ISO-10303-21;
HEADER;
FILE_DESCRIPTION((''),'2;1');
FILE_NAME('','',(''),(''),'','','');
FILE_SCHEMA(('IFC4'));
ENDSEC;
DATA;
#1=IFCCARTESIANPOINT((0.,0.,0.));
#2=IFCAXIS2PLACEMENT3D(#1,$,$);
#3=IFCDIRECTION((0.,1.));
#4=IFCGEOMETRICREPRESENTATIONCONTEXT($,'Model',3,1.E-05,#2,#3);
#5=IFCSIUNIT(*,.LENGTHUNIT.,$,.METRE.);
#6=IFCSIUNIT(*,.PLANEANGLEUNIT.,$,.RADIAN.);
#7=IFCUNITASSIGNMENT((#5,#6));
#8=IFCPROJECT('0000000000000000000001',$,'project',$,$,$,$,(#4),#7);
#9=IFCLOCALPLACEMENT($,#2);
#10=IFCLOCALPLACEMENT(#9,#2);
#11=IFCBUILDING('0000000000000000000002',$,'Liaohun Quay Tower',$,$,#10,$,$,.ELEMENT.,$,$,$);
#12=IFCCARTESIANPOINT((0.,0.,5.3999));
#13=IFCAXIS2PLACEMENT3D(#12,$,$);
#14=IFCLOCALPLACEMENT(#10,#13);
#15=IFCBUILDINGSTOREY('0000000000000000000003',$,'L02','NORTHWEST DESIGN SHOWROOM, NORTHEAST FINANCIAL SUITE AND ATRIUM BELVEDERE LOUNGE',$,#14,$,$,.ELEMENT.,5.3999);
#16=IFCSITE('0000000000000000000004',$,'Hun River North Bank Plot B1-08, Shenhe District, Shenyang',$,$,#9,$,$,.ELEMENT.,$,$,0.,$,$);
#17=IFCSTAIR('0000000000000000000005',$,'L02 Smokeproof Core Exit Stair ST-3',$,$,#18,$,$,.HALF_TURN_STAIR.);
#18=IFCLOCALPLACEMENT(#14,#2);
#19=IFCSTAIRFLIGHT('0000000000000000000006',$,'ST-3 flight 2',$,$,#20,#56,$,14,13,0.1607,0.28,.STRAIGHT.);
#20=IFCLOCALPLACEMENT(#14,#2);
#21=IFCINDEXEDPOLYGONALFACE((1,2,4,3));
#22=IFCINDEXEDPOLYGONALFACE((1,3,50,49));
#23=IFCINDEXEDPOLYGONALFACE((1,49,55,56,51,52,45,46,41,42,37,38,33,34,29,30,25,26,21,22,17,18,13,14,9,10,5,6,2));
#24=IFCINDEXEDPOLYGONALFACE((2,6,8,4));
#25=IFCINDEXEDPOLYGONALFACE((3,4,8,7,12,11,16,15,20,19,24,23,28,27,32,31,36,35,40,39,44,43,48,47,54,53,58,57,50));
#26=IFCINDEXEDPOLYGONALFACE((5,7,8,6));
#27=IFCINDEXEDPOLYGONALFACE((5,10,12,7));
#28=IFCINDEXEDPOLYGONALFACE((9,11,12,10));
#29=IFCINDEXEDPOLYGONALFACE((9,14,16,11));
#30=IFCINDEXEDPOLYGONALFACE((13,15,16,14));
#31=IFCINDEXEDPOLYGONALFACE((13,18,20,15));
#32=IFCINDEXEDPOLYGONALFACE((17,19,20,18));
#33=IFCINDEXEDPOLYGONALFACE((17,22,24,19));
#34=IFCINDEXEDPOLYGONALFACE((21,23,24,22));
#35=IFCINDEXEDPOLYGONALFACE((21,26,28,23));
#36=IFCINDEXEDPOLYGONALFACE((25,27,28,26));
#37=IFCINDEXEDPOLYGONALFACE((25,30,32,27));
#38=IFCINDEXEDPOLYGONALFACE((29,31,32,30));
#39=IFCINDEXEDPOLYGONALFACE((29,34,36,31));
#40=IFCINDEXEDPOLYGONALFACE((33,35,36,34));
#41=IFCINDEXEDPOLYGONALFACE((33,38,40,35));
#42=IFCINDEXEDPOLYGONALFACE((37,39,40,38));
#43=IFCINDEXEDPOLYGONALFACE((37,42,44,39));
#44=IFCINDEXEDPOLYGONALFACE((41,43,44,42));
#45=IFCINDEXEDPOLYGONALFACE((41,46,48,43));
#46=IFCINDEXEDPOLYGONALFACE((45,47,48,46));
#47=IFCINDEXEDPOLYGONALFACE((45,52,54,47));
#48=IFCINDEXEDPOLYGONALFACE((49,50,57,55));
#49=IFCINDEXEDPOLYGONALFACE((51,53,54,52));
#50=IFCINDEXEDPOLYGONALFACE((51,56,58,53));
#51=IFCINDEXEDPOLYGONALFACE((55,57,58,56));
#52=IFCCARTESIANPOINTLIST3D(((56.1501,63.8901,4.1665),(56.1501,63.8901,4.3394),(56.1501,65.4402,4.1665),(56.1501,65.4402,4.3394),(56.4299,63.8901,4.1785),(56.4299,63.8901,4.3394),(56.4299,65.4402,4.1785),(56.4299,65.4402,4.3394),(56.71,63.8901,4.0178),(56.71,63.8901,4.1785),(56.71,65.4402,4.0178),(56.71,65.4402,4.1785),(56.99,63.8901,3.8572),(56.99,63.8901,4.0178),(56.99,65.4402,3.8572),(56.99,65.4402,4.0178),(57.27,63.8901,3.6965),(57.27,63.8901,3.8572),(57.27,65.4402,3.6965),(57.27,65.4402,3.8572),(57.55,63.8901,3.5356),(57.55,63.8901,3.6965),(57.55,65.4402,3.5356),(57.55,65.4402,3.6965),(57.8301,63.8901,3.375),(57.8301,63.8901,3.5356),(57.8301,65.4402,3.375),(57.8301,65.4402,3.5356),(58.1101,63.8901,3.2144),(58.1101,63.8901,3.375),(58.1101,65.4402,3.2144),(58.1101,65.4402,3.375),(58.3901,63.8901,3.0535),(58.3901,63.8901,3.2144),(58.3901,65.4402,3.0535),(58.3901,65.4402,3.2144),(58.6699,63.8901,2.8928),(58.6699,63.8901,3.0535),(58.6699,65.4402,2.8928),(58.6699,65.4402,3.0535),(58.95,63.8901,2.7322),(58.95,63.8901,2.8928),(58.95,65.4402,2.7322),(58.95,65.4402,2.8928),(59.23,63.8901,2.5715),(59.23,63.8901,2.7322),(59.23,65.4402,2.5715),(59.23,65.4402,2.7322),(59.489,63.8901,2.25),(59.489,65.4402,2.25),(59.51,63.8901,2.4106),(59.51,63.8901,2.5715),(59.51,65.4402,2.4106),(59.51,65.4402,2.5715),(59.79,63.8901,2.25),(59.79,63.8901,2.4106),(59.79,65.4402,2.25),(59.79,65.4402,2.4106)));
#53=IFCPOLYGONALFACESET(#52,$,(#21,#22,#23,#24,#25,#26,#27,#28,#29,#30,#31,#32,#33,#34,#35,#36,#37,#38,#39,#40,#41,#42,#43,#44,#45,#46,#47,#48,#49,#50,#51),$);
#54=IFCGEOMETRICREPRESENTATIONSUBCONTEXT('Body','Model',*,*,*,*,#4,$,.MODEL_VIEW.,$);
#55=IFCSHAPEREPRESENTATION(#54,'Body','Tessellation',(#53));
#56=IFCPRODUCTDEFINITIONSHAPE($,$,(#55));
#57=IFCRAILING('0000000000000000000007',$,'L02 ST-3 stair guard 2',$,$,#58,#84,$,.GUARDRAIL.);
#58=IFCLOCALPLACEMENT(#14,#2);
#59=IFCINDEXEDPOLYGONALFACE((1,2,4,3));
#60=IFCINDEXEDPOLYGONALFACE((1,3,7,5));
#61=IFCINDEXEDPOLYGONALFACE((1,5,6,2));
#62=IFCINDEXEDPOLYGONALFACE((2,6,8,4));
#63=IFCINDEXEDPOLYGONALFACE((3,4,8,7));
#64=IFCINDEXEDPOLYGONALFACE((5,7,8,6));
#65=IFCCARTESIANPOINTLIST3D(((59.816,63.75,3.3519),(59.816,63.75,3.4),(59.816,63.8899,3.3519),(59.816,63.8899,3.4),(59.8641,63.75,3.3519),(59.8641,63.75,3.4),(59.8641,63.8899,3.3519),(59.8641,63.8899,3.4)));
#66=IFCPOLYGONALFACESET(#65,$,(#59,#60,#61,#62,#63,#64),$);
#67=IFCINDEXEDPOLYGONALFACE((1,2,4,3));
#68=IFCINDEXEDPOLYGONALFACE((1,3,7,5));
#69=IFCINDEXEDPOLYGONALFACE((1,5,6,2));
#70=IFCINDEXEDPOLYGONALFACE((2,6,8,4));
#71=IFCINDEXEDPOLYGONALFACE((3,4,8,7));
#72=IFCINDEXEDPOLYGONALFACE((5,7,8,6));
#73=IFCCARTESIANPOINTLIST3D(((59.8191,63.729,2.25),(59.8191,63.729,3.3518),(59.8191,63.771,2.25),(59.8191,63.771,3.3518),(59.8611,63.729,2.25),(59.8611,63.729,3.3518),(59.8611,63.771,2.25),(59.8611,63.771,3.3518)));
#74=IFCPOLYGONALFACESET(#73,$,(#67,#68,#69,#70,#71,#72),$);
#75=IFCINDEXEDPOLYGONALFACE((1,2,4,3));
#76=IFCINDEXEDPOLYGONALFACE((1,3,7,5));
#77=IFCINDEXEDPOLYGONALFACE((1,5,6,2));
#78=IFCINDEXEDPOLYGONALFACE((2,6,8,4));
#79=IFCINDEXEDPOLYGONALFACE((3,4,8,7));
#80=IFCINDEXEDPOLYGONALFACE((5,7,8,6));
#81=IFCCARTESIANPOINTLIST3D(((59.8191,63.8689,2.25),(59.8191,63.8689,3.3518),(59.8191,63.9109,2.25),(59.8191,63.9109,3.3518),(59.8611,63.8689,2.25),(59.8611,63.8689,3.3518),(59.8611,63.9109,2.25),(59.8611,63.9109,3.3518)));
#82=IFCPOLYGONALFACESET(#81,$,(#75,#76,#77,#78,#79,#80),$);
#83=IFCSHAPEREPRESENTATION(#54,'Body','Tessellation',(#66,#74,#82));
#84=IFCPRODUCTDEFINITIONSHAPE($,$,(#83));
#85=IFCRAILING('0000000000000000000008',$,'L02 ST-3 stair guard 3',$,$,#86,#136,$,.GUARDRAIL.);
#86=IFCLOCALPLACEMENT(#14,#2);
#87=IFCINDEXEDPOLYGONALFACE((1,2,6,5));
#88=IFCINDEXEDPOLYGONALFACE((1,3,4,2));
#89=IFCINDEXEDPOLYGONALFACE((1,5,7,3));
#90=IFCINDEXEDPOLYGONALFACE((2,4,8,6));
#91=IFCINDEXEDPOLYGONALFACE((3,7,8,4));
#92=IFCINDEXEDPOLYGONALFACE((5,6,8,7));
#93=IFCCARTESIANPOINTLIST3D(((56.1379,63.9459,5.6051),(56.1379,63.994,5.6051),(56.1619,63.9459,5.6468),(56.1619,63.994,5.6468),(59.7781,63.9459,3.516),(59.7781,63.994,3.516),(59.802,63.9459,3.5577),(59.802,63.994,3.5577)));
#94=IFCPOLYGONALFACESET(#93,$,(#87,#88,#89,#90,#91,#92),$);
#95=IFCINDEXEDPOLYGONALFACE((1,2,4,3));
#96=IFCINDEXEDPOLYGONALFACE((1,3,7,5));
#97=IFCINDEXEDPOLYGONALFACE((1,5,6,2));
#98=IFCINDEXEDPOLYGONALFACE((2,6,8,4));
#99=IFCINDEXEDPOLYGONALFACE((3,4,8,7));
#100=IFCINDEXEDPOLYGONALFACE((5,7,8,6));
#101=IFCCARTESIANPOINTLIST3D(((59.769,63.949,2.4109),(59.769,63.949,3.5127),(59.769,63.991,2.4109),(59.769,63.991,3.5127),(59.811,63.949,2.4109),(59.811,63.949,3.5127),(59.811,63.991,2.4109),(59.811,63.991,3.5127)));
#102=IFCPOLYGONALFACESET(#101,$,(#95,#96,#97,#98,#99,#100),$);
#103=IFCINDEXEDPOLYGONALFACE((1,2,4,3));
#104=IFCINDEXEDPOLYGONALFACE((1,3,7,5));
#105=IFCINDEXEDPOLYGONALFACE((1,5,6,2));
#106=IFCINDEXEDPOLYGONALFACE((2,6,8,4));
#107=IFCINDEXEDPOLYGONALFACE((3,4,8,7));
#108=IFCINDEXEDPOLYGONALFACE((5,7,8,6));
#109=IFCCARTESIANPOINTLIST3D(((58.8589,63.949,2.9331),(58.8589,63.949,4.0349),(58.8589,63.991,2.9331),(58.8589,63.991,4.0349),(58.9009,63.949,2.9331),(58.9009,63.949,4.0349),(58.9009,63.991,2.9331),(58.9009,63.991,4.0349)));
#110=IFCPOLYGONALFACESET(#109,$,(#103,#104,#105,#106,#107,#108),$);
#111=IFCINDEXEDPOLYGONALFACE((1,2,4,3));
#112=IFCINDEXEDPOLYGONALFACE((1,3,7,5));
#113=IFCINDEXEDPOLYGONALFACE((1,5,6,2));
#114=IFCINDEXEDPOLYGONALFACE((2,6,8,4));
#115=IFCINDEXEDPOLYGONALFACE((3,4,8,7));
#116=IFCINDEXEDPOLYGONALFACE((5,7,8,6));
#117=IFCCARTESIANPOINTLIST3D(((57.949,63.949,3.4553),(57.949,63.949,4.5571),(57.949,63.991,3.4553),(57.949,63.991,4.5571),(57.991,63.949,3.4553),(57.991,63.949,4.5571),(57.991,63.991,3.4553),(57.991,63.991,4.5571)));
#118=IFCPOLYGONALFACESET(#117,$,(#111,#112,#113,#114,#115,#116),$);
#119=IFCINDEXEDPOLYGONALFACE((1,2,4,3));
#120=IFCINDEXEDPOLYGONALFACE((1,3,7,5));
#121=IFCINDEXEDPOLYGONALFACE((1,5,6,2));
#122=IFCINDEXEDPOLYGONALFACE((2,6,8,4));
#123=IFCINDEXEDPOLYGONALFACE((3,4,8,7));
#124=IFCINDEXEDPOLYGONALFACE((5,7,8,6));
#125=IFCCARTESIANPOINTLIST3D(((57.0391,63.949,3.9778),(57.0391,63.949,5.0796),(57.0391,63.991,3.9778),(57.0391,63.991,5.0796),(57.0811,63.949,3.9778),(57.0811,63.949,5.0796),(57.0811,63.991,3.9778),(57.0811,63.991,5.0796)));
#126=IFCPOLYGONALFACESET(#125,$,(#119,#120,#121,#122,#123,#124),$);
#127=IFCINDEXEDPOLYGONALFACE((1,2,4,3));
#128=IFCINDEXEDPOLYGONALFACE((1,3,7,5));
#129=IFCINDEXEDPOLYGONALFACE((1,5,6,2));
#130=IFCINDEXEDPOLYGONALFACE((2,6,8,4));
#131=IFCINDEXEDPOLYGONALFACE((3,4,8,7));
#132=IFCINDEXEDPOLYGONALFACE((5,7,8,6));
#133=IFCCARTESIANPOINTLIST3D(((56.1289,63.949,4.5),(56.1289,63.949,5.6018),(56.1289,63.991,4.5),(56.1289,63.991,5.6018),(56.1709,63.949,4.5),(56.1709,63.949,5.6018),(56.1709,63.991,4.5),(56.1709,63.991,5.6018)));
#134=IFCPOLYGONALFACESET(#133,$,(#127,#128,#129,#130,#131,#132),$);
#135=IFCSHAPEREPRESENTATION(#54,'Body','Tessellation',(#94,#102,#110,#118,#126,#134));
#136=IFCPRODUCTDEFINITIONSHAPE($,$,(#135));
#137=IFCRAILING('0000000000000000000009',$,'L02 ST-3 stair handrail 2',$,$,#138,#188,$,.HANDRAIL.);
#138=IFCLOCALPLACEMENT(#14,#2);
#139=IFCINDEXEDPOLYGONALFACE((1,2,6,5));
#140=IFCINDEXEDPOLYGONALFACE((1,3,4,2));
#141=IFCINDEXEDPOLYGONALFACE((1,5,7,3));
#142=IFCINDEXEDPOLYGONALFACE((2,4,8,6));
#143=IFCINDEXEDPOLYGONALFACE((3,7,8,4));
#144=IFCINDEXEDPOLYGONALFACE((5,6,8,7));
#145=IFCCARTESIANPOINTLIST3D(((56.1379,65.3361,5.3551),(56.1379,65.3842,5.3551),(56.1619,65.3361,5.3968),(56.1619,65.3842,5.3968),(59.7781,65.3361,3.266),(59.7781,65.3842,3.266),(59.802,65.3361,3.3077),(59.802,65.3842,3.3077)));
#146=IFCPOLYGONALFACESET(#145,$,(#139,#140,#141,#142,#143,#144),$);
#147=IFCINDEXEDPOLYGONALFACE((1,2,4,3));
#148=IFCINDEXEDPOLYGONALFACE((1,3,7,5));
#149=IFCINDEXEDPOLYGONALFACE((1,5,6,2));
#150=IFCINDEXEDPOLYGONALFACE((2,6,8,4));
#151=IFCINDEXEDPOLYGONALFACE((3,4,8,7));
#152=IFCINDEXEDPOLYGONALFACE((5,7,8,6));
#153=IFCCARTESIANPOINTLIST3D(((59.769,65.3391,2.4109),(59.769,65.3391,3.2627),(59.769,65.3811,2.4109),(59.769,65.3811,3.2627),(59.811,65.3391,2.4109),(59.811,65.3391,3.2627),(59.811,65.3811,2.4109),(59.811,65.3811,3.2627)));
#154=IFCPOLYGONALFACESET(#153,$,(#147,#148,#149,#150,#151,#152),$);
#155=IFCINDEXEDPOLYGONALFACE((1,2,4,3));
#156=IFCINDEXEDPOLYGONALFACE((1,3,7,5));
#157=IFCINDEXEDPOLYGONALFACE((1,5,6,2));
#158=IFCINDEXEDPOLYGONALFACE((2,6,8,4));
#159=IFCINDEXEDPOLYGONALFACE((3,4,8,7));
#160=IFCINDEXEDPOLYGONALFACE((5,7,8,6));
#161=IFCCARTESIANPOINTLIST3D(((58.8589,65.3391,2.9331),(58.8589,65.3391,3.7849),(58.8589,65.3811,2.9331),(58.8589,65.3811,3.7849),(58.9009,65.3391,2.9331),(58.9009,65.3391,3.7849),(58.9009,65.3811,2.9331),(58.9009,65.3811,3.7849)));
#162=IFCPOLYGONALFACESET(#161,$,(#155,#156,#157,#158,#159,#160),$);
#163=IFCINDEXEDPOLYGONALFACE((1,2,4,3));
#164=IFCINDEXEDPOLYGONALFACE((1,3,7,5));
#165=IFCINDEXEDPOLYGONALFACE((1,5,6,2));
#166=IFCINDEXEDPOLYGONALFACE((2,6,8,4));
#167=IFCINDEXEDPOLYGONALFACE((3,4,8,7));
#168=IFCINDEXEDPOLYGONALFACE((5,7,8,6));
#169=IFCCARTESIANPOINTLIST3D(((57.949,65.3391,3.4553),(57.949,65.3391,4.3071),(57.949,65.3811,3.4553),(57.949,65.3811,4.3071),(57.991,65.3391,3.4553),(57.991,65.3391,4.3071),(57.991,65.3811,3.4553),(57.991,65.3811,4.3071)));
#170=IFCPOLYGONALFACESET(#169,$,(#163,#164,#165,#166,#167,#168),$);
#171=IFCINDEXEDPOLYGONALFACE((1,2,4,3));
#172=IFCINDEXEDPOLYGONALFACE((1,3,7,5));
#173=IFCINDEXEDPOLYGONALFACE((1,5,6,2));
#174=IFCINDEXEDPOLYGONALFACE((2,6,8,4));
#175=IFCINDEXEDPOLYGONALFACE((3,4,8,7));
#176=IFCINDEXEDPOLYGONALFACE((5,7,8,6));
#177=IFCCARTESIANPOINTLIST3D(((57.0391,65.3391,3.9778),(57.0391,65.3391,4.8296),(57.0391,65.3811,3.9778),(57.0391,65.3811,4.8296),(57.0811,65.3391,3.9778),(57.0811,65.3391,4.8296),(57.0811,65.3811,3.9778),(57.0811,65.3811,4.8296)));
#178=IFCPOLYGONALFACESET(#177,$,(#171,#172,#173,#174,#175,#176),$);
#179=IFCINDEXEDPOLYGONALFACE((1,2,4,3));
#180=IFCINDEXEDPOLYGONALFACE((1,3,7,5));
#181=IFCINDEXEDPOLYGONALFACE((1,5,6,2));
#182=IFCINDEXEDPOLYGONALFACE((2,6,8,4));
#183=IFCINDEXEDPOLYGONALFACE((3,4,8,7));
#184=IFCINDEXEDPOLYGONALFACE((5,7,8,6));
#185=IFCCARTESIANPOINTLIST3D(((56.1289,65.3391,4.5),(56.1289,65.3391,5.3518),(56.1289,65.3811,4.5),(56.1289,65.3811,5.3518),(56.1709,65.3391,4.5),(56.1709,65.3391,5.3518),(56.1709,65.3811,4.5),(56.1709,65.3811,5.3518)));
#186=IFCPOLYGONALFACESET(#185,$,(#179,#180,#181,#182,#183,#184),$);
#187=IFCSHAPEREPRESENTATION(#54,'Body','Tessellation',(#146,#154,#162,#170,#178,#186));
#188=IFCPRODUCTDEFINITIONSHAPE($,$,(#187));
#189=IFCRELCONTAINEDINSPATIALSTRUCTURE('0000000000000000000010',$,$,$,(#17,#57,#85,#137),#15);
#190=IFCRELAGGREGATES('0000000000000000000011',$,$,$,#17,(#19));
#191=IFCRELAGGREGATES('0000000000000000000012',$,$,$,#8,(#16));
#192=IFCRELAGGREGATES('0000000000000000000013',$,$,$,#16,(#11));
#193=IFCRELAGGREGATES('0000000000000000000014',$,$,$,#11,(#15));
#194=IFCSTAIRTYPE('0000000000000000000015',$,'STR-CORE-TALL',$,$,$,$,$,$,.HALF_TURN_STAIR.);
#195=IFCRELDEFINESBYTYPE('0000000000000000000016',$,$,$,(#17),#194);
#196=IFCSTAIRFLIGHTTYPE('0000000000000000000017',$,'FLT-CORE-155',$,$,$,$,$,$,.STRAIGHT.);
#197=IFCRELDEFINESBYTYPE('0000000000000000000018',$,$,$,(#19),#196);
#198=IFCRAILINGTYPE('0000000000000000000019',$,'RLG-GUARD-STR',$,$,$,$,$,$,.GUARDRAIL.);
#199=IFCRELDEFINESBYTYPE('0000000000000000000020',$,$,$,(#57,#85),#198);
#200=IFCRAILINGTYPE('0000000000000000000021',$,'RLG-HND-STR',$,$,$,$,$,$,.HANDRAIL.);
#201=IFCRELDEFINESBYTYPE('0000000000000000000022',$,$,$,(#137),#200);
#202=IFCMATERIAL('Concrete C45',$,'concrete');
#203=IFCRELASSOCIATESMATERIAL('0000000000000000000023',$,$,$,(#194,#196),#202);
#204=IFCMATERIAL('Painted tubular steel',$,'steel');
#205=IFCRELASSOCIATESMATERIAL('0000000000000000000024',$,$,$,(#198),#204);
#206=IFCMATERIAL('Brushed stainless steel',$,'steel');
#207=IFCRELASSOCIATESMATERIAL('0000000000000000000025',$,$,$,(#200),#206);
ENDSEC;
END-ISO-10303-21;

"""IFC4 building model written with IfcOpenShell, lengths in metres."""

from ifc_helpers import new_model, si_unit, direction, frame, origin, origin_2d, place, context, subcontext, project, spatial, polyline, rectangle, outline, extrude, material, type_object, element, aggregate, save


model = new_model("IFC4")

# Units and contexts
model_context = context("Model", 3, precision=1e-05, world=origin(), true_north=direction((0.0, 1.0)))
body_context = subcontext(model_context, "Body", "Model", "MODEL_VIEW")
ifc_project = project(units=[si_unit("LENGTHUNIT", "METRE"), si_unit("PLANEANGLEUNIT", "RADIAN")], contexts=[model_context])

# Site, building, storey
site_placement = place(None, origin())
site = spatial("IfcSite", under=ifc_project, at=site_placement, Name="Hun River North Bank Plot B1-08, Shenhe District, Shenyang", CompositionType="ELEMENT", RefElevation=0.0)
building_placement = place(site_placement, origin())
building = spatial("IfcBuilding", under=site, at=building_placement, Name="Liaohun Quay Tower", CompositionType="ELEMENT")
storey_placement = place(building_placement, frame((0.0, 0.0, 5.3999)))
storey = spatial("IfcBuildingStorey", under=building, at=storey_placement, Name="L02", Description="NORTHWEST DESIGN SHOWROOM, NORTHEAST FINANCIAL SUITE AND ATRIUM BELVEDERE LOUNGE", CompositionType="ELEMENT", Elevation=5.3999)

# Stair, stair flight
ifc_material_1 = material(Name="Concrete C45", Category="concrete")
stair_type = type_object("IfcStairType", Name="STR-CORE-TALL", PredefinedType="HALF_TURN_STAIR", material=ifc_material_1)
stair_placement = place(storey_placement, origin())
stair = element("IfcStair", 1, at=stair_placement, inside=storey, type_object=stair_type, Name="L02 Smokeproof Core Exit Stair ST-3", PredefinedType="HALF_TURN_STAIR")
stair_flight_type = type_object("IfcStairFlightType", Name="FLT-CORE-155", PredefinedType="STRAIGHT", material=ifc_material_1)
stair_flight_placement = place(storey_placement, frame((59.79, 64.665, 2.25), z_axis=(0.0, 0.0, 1.0), x_axis=(-1.0, 0.0, 0.0)))
stair_flight = element("IfcStairFlight", 2, at=stair_flight_placement, type_object=stair_flight_type, Name="ST-3 flight 2", NumberOfRisers=14, NumberOfTreads=13, PredefinedType="STRAIGHT", RiserHeight=0.1607, TreadLength=0.28, context=body_context, shape_type="SweptSolid", body=[
    extrude(outline(polyline([(0.0, 0.0), (0.0, 0.1606), (0.28, 0.1606), (0.28, 0.3215), (0.5601, 0.3215), (0.5601, 0.4822), (0.8401, 0.4822), (0.8401, 0.6428), (1.1201, 0.6428), (1.1201, 0.8035), (1.3999, 0.8035), (1.3999, 0.9644), (1.6799, 0.9644), (1.6799, 1.125), (1.96, 1.125), (1.96, 1.2856), (2.24, 1.2856), (2.24, 1.4465), (2.52, 1.4465), (2.52, 1.6072), (2.8, 1.6072), (2.8, 1.7678), (3.0801, 1.7678), (3.0801, 1.9285), (3.3601, 1.9285), (3.3601, 2.0894), (3.6399, 2.0894), (3.6399, 2.25), (3.6399, 1.9165), (0.301, 0.0), (0.0, 0.0)])), frame((0.0, 0.7749, 0.0), z_axis=(0.0, -1.0, 0.0), x_axis=(1.0, 0.0, 0.0)), (0.0, 0.0, 1.0), 1.55),
])
aggregate(stair, [stair_flight])

# Railings
ifc_material_2 = material(Name="Painted tubular steel", Category="steel")
railing_type_1 = type_object("IfcRailingType", Name="RLG-GUARD-STR", PredefinedType="GUARDRAIL", material=ifc_material_2)
railing_1_placement = place(storey_placement, frame((59.8401, 63.75, 2.25)))
element("IfcRailing", 3, at=railing_1_placement, inside=storey, type_object=railing_type_1, Name="L02 ST-3 stair guard 2", PredefinedType="GUARDRAIL", context=body_context, shape_type="SweptSolid", body=[
    extrude(rectangle(XDim=0.0481, YDim=0.0481, at=origin_2d()), frame((0.0, 0.0, 1.126), z_axis=(0.0, 1.0, 0.0), x_axis=(-1.0, 0.0, 0.0)), (0.0, 0.0, 1.0), 0.1399),
    extrude(rectangle(XDim=0.042, YDim=0.042, at=origin_2d()), origin(), (0.0, 0.0, 1.0), 1.1018),
    extrude(rectangle(XDim=0.042, YDim=0.042, at=origin_2d()), frame((0.0, 0.1399, 0.0)), (0.0, 0.0, 1.0), 1.1018),
])
railing_2_placement = place(storey_placement, frame((59.79, 63.97, 2.4109)))
element("IfcRailing", 4, at=railing_2_placement, inside=storey, type_object=railing_type_1, Name="L02 ST-3 stair guard 3", PredefinedType="GUARDRAIL", context=body_context, shape_type="SweptSolid", body=[
    extrude(rectangle(XDim=0.0481, YDim=0.0481, at=origin_2d()), frame((0.0, 0.0, 1.126), z_axis=(-0.867314, 0.0, 0.497761), x_axis=(0.0, -1.0, 0.0)), (0.0, 0.0, 1.0), 4.197),
    extrude(rectangle(XDim=0.042, YDim=0.042, at=origin_2d()), origin(), (0.0, 0.0, 1.0), 1.1018),
    extrude(rectangle(XDim=0.042, YDim=0.042, at=origin_2d()), frame((-0.9102, 0.0, 0.5222)), (0.0, 0.0, 1.0), 1.1018),
    extrude(rectangle(XDim=0.042, YDim=0.042, at=origin_2d()), frame((-1.8201, 0.0, 1.0444)), (0.0, 0.0, 1.0), 1.1018),
    extrude(rectangle(XDim=0.042, YDim=0.042, at=origin_2d()), frame((-2.73, 0.0, 1.5669)), (0.0, 0.0, 1.0), 1.1018),
    extrude(rectangle(XDim=0.042, YDim=0.042, at=origin_2d()), frame((-3.6401, 0.0, 2.0891)), (0.0, 0.0, 1.0), 1.1018),
])
ifc_material_3 = material(Name="Brushed stainless steel", Category="steel")
railing_type_2 = type_object("IfcRailingType", Name="RLG-HND-STR", PredefinedType="HANDRAIL", material=ifc_material_3)
railing_3_placement = place(storey_placement, frame((59.79, 65.3601, 2.4109)))
element("IfcRailing", 5, at=railing_3_placement, inside=storey, type_object=railing_type_2, Name="L02 ST-3 stair handrail 2", PredefinedType="HANDRAIL", context=body_context, shape_type="SweptSolid", body=[
    extrude(rectangle(XDim=0.0481, YDim=0.0481, at=origin_2d()), frame((0.0, 0.0, 0.876), z_axis=(-0.867314, 0.0, 0.497761), x_axis=(0.0, -1.0, 0.0)), (0.0, 0.0, 1.0), 4.197),
    extrude(rectangle(XDim=0.042, YDim=0.042, at=origin_2d()), origin(), (0.0, 0.0, 1.0), 0.8518),
    extrude(rectangle(XDim=0.042, YDim=0.042, at=origin_2d()), frame((-0.9102, 0.0, 0.5222)), (0.0, 0.0, 1.0), 0.8518),
    extrude(rectangle(XDim=0.042, YDim=0.042, at=origin_2d()), frame((-1.8201, 0.0, 1.0444)), (0.0, 0.0, 1.0), 0.8518),
    extrude(rectangle(XDim=0.042, YDim=0.042, at=origin_2d()), frame((-2.73, 0.0, 1.5669)), (0.0, 0.0, 1.0), 0.8518),
    extrude(rectangle(XDim=0.042, YDim=0.042, at=origin_2d()), frame((-3.6401, 0.0, 2.0891)), (0.0, 0.0, 1.0), 0.8518),
])

save(model, "model.ifc")
